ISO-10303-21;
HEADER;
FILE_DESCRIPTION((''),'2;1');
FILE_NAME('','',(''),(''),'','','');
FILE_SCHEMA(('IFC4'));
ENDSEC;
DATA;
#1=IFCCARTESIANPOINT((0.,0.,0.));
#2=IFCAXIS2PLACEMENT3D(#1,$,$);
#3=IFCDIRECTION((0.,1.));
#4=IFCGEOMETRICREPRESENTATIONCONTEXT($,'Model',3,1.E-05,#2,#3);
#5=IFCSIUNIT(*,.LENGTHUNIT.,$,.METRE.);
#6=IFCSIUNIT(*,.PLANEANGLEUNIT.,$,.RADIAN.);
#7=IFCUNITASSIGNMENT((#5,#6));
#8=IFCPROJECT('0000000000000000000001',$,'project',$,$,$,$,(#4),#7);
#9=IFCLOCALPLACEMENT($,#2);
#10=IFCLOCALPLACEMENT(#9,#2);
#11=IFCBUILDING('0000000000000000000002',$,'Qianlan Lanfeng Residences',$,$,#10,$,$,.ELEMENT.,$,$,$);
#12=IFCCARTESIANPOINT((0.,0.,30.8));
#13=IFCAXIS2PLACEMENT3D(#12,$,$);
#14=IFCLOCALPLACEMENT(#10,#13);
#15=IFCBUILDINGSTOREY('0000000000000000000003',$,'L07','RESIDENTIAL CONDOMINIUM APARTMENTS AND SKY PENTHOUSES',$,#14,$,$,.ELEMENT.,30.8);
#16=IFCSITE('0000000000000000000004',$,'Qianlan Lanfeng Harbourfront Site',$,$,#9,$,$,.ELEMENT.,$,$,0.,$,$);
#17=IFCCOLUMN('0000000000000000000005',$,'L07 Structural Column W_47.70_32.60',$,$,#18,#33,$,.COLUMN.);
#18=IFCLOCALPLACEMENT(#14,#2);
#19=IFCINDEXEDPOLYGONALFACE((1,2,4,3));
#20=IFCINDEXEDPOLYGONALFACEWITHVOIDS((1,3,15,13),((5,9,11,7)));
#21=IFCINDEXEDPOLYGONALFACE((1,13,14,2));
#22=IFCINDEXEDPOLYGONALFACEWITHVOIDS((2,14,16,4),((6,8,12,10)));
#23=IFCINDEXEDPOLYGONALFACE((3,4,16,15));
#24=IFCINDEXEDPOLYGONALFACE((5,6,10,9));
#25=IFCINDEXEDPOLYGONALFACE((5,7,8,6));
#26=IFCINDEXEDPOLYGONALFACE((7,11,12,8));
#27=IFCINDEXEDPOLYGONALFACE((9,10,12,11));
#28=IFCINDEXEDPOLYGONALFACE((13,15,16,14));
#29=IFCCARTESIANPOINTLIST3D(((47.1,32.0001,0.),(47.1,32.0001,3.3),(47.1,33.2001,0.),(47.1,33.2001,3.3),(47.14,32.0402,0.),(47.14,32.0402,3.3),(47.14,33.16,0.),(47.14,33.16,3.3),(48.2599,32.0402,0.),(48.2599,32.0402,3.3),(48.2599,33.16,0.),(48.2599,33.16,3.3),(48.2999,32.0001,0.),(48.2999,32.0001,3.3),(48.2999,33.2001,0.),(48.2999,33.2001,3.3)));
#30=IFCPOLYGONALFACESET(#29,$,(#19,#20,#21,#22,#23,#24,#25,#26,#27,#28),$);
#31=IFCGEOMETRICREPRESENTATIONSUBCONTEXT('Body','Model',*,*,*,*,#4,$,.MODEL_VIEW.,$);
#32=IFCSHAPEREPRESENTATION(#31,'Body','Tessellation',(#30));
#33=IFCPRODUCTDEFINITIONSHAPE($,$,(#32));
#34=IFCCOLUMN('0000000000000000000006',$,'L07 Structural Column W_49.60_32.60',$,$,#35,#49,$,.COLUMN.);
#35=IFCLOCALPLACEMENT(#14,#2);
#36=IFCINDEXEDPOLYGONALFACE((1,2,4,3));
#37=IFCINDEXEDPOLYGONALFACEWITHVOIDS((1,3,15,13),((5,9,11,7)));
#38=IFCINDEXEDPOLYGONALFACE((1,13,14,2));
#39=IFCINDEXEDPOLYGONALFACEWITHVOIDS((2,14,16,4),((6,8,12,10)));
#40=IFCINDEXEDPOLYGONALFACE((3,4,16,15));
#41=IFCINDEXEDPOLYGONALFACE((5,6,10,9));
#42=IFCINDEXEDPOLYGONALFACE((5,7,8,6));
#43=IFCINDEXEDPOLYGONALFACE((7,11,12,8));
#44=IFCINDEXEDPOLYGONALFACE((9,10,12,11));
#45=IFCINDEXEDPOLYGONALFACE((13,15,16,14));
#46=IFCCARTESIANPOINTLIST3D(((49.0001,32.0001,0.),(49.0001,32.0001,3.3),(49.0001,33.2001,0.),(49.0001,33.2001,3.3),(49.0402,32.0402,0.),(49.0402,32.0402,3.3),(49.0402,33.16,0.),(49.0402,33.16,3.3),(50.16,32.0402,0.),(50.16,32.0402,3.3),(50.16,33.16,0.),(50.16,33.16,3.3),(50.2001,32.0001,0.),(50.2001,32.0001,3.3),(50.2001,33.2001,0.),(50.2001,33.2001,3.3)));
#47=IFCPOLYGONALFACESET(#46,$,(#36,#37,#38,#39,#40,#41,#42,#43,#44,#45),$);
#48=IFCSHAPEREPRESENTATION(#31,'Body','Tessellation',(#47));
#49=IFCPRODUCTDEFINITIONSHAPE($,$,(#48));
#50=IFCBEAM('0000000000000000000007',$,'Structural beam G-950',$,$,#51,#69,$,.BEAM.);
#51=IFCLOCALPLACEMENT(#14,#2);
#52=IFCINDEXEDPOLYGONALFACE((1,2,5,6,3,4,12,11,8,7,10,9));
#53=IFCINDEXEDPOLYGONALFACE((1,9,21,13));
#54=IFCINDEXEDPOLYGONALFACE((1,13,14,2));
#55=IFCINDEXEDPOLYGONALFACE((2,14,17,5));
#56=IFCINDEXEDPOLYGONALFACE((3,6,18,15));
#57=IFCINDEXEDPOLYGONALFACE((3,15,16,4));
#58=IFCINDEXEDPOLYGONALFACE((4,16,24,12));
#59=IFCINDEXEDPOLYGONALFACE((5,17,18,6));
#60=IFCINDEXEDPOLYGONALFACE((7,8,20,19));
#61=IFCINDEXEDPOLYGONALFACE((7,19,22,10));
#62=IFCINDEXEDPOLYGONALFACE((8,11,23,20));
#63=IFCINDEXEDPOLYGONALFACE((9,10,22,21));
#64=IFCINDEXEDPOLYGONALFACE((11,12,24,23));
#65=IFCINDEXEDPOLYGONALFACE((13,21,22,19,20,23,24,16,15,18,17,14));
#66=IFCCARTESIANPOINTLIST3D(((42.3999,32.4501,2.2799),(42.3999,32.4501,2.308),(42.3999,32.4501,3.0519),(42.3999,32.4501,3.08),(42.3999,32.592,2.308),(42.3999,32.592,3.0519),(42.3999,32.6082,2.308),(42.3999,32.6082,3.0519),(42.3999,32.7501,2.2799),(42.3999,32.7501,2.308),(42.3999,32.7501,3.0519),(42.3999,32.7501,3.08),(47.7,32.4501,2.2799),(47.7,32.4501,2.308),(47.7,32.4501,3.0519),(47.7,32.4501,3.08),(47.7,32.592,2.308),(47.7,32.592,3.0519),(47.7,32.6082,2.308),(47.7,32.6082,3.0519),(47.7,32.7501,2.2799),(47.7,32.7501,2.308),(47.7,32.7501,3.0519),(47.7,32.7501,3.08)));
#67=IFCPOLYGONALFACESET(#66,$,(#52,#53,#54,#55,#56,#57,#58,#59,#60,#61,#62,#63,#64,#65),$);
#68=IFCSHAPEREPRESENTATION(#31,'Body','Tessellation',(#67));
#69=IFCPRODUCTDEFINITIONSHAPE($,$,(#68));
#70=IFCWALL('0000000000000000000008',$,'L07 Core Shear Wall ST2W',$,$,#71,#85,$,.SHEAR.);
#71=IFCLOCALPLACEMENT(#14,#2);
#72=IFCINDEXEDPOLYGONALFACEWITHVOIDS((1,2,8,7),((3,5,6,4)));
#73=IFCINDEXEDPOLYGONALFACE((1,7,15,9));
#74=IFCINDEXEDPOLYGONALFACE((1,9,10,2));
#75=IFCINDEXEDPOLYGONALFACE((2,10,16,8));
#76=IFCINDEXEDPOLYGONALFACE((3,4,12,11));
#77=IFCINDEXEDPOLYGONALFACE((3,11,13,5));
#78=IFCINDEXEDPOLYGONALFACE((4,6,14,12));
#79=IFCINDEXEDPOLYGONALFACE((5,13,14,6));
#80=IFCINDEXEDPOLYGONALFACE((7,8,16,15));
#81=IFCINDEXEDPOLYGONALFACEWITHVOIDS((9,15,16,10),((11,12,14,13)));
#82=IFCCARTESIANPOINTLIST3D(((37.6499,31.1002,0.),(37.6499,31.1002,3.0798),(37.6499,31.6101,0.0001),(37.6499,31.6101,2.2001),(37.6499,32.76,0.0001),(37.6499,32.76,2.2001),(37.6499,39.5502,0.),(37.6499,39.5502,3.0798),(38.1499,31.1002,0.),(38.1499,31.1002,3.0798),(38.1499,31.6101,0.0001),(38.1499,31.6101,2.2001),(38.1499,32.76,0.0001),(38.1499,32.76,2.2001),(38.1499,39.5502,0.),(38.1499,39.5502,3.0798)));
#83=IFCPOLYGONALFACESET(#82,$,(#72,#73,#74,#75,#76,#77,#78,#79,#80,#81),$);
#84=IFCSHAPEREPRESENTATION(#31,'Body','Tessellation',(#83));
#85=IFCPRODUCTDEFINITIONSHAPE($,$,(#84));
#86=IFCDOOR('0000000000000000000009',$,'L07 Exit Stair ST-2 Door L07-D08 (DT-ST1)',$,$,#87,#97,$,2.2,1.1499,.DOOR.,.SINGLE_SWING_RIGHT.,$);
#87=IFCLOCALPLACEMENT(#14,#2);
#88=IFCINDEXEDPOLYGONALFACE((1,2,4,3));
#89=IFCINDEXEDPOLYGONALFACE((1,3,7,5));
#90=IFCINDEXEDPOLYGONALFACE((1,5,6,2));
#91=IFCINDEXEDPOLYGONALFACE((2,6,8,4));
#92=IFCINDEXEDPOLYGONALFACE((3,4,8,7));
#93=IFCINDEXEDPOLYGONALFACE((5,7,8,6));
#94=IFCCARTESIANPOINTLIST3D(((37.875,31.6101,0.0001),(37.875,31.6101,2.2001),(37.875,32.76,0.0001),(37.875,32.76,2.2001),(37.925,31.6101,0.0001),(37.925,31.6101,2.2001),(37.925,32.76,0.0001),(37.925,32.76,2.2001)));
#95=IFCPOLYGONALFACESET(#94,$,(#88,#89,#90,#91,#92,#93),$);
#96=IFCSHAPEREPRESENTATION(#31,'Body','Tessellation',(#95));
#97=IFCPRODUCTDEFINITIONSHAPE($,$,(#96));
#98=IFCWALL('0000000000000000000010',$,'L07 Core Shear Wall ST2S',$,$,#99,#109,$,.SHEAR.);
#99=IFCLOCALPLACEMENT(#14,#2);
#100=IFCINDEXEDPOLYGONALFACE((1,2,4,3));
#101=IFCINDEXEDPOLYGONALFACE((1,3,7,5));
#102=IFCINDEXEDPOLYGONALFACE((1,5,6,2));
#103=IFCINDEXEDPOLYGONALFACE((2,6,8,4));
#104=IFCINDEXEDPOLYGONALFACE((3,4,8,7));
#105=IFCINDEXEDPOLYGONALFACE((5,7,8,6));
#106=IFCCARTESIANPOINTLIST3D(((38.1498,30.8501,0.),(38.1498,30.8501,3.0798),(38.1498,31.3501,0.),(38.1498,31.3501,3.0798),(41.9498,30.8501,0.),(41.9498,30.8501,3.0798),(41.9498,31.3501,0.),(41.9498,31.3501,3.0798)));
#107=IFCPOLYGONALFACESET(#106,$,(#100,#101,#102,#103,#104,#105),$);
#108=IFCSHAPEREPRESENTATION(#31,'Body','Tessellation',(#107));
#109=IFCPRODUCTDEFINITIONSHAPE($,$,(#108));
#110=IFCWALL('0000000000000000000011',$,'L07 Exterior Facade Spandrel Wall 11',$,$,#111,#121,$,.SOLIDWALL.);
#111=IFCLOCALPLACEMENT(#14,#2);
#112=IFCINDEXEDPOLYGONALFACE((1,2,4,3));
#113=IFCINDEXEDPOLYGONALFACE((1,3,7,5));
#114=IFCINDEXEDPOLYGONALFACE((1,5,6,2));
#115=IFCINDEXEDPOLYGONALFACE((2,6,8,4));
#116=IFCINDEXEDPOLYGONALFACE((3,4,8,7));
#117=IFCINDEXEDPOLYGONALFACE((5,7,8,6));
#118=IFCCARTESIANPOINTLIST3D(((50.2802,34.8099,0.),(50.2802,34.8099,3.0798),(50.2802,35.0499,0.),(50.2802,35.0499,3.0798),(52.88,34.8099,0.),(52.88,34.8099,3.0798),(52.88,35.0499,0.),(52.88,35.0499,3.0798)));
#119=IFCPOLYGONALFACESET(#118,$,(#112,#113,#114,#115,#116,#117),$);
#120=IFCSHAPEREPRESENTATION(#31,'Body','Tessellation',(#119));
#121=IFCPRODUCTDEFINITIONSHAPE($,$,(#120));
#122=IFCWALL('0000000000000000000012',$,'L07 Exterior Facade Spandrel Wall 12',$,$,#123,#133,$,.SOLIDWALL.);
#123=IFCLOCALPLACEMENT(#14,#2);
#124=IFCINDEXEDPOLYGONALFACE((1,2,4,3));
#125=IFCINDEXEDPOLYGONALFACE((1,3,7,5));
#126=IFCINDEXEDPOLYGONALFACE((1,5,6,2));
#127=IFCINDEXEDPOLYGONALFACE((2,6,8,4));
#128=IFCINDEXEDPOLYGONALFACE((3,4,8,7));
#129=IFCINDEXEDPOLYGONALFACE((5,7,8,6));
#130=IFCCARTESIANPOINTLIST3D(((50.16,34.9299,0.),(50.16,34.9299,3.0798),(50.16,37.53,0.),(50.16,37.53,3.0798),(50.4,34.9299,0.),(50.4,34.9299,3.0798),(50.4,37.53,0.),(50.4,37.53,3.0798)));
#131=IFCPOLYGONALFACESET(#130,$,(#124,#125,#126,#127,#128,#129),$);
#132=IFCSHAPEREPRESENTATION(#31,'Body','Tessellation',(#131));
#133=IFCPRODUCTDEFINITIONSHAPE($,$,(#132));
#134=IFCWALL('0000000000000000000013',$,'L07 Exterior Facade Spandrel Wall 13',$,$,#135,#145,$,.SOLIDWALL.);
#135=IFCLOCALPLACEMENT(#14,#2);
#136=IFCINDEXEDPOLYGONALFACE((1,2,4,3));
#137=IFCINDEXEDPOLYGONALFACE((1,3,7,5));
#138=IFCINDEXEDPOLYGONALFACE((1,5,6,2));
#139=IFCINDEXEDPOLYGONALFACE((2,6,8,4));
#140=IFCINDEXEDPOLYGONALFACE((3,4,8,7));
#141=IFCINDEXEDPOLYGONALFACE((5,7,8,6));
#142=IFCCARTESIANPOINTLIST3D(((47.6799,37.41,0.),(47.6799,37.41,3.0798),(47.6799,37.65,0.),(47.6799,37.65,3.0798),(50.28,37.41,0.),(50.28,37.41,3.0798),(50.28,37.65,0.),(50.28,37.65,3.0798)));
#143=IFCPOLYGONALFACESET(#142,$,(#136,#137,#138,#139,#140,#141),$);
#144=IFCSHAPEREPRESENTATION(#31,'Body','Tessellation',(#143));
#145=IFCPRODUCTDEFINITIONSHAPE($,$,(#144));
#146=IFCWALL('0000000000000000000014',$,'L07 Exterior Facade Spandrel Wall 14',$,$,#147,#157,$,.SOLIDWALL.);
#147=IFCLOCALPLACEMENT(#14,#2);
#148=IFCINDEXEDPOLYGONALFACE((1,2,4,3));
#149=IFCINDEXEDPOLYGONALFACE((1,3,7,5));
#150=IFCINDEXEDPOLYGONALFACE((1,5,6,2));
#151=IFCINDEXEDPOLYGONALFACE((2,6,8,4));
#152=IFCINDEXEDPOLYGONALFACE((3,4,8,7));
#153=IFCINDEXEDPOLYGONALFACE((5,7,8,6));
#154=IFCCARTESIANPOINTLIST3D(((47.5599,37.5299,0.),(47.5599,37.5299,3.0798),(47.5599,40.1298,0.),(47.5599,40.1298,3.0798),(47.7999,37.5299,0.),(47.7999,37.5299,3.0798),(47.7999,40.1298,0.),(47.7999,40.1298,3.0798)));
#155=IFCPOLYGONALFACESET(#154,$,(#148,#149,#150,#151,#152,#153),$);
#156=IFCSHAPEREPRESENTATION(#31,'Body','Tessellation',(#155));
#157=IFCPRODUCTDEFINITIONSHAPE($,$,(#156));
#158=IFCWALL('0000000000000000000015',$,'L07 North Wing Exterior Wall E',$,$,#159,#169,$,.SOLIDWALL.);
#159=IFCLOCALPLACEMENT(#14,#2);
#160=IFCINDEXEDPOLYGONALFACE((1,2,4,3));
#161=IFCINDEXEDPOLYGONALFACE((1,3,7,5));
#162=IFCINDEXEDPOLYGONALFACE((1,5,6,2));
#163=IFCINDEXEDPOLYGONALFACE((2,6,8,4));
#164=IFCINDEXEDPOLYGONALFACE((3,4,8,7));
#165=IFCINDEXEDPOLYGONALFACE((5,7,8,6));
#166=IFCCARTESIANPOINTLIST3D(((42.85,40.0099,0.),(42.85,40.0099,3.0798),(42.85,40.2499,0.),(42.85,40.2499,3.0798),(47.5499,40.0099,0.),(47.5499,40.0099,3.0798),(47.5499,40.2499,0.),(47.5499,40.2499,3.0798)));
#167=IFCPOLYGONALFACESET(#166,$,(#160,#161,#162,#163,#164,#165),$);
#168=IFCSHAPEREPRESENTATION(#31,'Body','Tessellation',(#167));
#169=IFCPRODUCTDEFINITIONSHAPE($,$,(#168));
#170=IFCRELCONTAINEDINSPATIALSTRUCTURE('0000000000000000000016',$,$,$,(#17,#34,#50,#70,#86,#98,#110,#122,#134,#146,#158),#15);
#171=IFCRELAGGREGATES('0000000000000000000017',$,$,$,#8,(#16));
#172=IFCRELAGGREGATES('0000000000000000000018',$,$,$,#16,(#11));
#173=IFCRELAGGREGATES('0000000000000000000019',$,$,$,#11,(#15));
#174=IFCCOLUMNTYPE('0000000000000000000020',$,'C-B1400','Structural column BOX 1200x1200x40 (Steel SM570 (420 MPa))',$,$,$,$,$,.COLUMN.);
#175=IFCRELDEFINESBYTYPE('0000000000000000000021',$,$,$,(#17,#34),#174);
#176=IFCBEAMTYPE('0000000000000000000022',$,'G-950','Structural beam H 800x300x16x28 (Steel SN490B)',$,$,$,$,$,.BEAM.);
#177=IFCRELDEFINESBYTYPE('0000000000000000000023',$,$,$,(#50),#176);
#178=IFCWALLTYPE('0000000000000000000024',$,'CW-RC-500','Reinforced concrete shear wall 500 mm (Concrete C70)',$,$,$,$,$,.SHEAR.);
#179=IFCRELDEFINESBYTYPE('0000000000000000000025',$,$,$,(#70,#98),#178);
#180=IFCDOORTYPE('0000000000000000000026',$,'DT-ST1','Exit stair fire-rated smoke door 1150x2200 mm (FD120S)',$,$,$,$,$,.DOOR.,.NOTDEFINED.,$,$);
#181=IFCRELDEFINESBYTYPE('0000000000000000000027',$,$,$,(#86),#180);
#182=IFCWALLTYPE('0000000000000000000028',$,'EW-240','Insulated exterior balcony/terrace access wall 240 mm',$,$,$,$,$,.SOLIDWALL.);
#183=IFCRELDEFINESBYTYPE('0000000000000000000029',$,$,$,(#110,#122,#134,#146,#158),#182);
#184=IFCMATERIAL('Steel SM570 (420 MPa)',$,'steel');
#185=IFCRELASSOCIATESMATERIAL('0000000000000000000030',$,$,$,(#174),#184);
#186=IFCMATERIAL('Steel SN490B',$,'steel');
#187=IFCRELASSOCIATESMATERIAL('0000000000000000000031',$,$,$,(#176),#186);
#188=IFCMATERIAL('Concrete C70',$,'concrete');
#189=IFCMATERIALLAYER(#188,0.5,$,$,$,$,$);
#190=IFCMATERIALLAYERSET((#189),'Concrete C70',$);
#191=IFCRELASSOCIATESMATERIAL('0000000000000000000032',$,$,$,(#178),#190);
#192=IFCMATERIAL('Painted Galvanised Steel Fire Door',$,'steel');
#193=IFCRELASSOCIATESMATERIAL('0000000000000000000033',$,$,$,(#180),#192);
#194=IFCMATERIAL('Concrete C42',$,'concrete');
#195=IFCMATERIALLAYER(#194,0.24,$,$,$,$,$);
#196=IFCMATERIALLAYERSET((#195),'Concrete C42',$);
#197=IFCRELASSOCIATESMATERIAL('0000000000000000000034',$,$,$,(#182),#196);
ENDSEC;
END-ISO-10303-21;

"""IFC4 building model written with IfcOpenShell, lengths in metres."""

from ifc_helpers import new_model, si_unit, direction, frame, frame_2d, origin, origin_2d, place, context, subcontext, project, spatial, rectangle, hollow_rectangle, i_section, extrude, material, layer, layer_set, material_profile, profile_set, type_object, element, fill, save


model = new_model("IFC4")

# Units and contexts
model_context = context("Model", 3, precision=1e-05, world=origin(), true_north=direction((0.0, 1.0)))
body_context = subcontext(model_context, "Body", "Model", "MODEL_VIEW")
ifc_project = project(units=[si_unit("LENGTHUNIT", "METRE"), si_unit("PLANEANGLEUNIT", "RADIAN")], contexts=[model_context])

# Site, building, storey
site_placement = place(None, origin())
site = spatial("IfcSite", under=ifc_project, at=site_placement, Name="Qianlan Lanfeng Harbourfront Site", CompositionType="ELEMENT", RefElevation=0.0)
building_placement = place(site_placement, origin())
building = spatial("IfcBuilding", under=site, at=building_placement, Name="Qianlan Lanfeng Residences", CompositionType="ELEMENT")
storey_placement = place(building_placement, frame((0.0, 0.0, 30.8)))
storey = spatial("IfcBuildingStorey", under=building, at=storey_placement, Name="L07", Description="RESIDENTIAL CONDOMINIUM APARTMENTS AND SKY PENTHOUSES", CompositionType="ELEMENT", Elevation=30.8)

# Columns
ifc_material_1 = material(Name="Steel SM570 (420 MPa)", Category="steel")
ifc_material_profile_1 = material_profile(ifc_material_1, hollow_rectangle(XDim=1.2, YDim=1.2, WallThickness=0.04, at=origin_2d()), Name="BOX 1200x1200x40")
ifc_profile_set_1 = profile_set([ifc_material_profile_1], Name="Steel SM570 (420 MPa)")
column_type = type_object("IfcColumnType", Name="C-B1400", Description="Structural column BOX 1200x1200x40 (Steel SM570 (420 MPa))", PredefinedType="COLUMN", material=ifc_profile_set_1)
for number, where, z_axis, x_axis, name in (
    (1, (47.7, 32.6001, 0.0), (0.0, 0.0, 1.0), (1.0, 0.0, 0.0), "L07 Structural Column W_47.70_32.60"),
    (2, (49.6001, 32.6001, 0.0), (0.0, 0.0, 1.0), (1.0, 0.0, 0.0), "L07 Structural Column W_49.60_32.60"),
):
    element("IfcColumn", number, at=place(storey_placement, frame(where, z_axis=z_axis, x_axis=x_axis)), inside=storey, type_object=column_type, Name=name, PredefinedType="COLUMN", context=body_context, shape_type="SweptSolid", body=[
        extrude(hollow_rectangle(XDim=1.2, YDim=1.2, WallThickness=0.04, at=origin_2d()), origin(), (0.0, 0.0, 1.0), 3.3),
    ])

# Beam
ifc_material_2 = material(Name="Steel SN490B", Category="steel")
ifc_material_profile_2 = material_profile(ifc_material_2, i_section(OverallWidth=0.3, OverallDepth=0.8, WebThickness=0.0161, FlangeThickness=0.0281, at=origin_2d()), Name="H 800x300x16x28")
ifc_profile_set_2 = profile_set([ifc_material_profile_2], Name="Steel SN490B")
beam_type = type_object("IfcBeamType", Name="G-950", Description="Structural beam H 800x300x16x28 (Steel SN490B)", PredefinedType="BEAM", material=ifc_profile_set_2)
beam_placement = place(storey_placement, frame((42.3999, 32.6001, 2.6799), z_axis=(1.0, 0.0, 0.0), x_axis=(0.0, 1.0, 0.0)))
element("IfcBeam", 3, at=beam_placement, inside=storey, type_object=beam_type, Name="Structural beam G-950", PredefinedType="BEAM", context=body_context, shape_type="SweptSolid", body=[
    extrude(i_section(OverallWidth=0.3, OverallDepth=0.8, WebThickness=0.0161, FlangeThickness=0.0281, at=origin_2d()), origin(), (0.0, 0.0, 1.0), 5.3),
])

# Wall, opening, door
ifc_material_3 = material(Name="Concrete C70", Category="concrete")
ifc_layer_1 = layer(ifc_material_3, 0.5)
ifc_layer_set_1 = layer_set([ifc_layer_1], Name="Concrete C70")
wall_type_1 = type_object("IfcWallType", Name="CW-RC-500", Description="Reinforced concrete shear wall 500 mm (Concrete C70)", PredefinedType="SHEAR", material=ifc_layer_set_1)
wall_1_placement = place(storey_placement, frame((37.8999, 31.1001, 0.0), z_axis=(0.0, 0.0, 1.0), x_axis=(0.0, 1.0, 0.0)))
wall_1 = element("IfcWall", 4, at=wall_1_placement, inside=storey, type_object=wall_type_1, Name="L07 Core Shear Wall ST2W", PredefinedType="SHEAR", context=body_context, shape_type="SweptSolid", body=[
    extrude(rectangle(XDim=8.45, YDim=0.5, at=frame_2d((4.2251, 0.0))), origin(), (0.0, 0.0, 1.0), 3.0798),
])
opening_1_placement = place(wall_1_placement, frame((0.51, 0.0, 0.0)))
opening_1 = element("IfcOpeningElement", 5, at=opening_1_placement, cuts=wall_1, PredefinedType="OPENING", context=body_context, shape_type="SweptSolid", body=[
    extrude(rectangle(XDim=1.1499, YDim=2.2, at=frame_2d((0.575, 1.1001))), frame((0.0, 0.26, 0.0), z_axis=(0.0, -1.0, 0.0), x_axis=(1.0, 0.0, 0.0)), (0.0, 0.0, 1.0), 0.52),
])
ifc_material_4 = material(Name="Painted Galvanised Steel Fire Door", Category="steel")
door_type_1 = type_object("IfcDoorType", Name="DT-ST1", Description="Exit stair fire-rated smoke door 1150x2200 mm (FD120S)", OperationType="NOTDEFINED", PredefinedType="DOOR", material=ifc_material_4)
door_1_placement = place(opening_1_placement, origin())
door_1 = element("IfcDoor", 6, at=door_1_placement, inside=storey, type_object=door_type_1, Name="L07 Exit Stair ST-2 Door L07-D08 (DT-ST1)", OperationType="SINGLE_SWING_RIGHT", OverallHeight=2.2, OverallWidth=1.1499, PredefinedType="DOOR", context=body_context, shape_type="SweptSolid", body=[
    extrude(rectangle(XDim=1.1499, YDim=2.2, at=frame_2d((0.575, 1.1001))), frame((0.0, 0.0249, 0.0), z_axis=(0.0, -1.0, 0.0), x_axis=(1.0, 0.0, 0.0)), (0.0, 0.0, 1.0), 0.05),
])
fill(opening_1, door_1)

# Walls
wall_2_placement = place(storey_placement, frame((38.1499, 31.1001, 0.0), z_axis=(0.0, 0.0, 1.0), x_axis=(1.0, 0.0, 0.0)))
element("IfcWall", 7, at=wall_2_placement, inside=storey, type_object=wall_type_1, Name="L07 Core Shear Wall ST2S", PredefinedType="SHEAR", context=body_context, shape_type="SweptSolid", body=[
    extrude(rectangle(XDim=3.8, YDim=0.5, at=frame_2d((1.8999, 0.0))), origin(), (0.0, 0.0, 1.0), 3.0798),
])
ifc_material_5 = material(Name="Concrete C42", Category="concrete")
ifc_layer_2 = layer(ifc_material_5, 0.24)
ifc_layer_set_2 = layer_set([ifc_layer_2], Name="Concrete C42")
wall_type_2 = type_object("IfcWallType", Name="EW-240", Description="Insulated exterior balcony/terrace access wall 240 mm", PredefinedType="SOLIDWALL", material=ifc_layer_set_2)
wall_3_placement = place(storey_placement, frame((52.8799, 34.9299, 0.0), z_axis=(0.0, 0.0, 1.0), x_axis=(-1.0, 0.0, 0.0)))
element("IfcWall", 8, at=wall_3_placement, inside=storey, type_object=wall_type_2, Name="L07 Exterior Facade Spandrel Wall 11", PredefinedType="SOLIDWALL", context=body_context, shape_type="SweptSolid", body=[
    extrude(rectangle(XDim=2.5999, YDim=0.24, at=frame_2d((1.2998, 0.0))), origin(), (0.0, 0.0, 1.0), 3.0798),
])
for number, where, z_axis, x_axis, name in (
    (9, (50.28, 34.9299, 0.0), (0.0, 0.0, 1.0), (0.0, 1.0, 0.0), "L07 Exterior Facade Spandrel Wall 12"),
    (10, (50.28, 37.53, 0.0), (0.0, 0.0, 1.0), (-1.0, 0.0, 0.0), "L07 Exterior Facade Spandrel Wall 13"),
):
    element("IfcWall", number, at=place(storey_placement, frame(where, z_axis=z_axis, x_axis=x_axis)), inside=storey, type_object=wall_type_2, Name=name, PredefinedType="SOLIDWALL", context=body_context, shape_type="SweptSolid", body=[
        extrude(rectangle(XDim=2.6001, YDim=0.24, at=frame_2d((1.3, 0.0))), origin(), (0.0, 0.0, 1.0), 3.0798),
    ])
wall_4_placement = place(storey_placement, frame((47.6799, 37.53, 0.0), z_axis=(0.0, 0.0, 1.0), x_axis=(0.0, 1.0, 0.0)))
element("IfcWall", 11, at=wall_4_placement, inside=storey, type_object=wall_type_2, Name="L07 Exterior Facade Spandrel Wall 14", PredefinedType="SOLIDWALL", context=body_context, shape_type="SweptSolid", body=[
    extrude(rectangle(XDim=2.5999, YDim=0.24, at=frame_2d((1.2998, 0.0))), origin(), (0.0, 0.0, 1.0), 3.0798),
])
wall_5_placement = place(storey_placement, frame((47.55, 40.1299, 0.0), z_axis=(0.0, 0.0, 1.0), x_axis=(-1.0, 0.0, 0.0)))
element("IfcWall", 12, at=wall_5_placement, inside=storey, type_object=wall_type_2, Name="L07 North Wing Exterior Wall E", PredefinedType="SOLIDWALL", context=body_context, shape_type="SweptSolid", body=[
    extrude(rectangle(XDim=4.7, YDim=0.24, at=frame_2d((2.3501, 0.0))), origin(), (0.0, 0.0, 1.0), 3.0798),
])

save(model, "model.ifc")
